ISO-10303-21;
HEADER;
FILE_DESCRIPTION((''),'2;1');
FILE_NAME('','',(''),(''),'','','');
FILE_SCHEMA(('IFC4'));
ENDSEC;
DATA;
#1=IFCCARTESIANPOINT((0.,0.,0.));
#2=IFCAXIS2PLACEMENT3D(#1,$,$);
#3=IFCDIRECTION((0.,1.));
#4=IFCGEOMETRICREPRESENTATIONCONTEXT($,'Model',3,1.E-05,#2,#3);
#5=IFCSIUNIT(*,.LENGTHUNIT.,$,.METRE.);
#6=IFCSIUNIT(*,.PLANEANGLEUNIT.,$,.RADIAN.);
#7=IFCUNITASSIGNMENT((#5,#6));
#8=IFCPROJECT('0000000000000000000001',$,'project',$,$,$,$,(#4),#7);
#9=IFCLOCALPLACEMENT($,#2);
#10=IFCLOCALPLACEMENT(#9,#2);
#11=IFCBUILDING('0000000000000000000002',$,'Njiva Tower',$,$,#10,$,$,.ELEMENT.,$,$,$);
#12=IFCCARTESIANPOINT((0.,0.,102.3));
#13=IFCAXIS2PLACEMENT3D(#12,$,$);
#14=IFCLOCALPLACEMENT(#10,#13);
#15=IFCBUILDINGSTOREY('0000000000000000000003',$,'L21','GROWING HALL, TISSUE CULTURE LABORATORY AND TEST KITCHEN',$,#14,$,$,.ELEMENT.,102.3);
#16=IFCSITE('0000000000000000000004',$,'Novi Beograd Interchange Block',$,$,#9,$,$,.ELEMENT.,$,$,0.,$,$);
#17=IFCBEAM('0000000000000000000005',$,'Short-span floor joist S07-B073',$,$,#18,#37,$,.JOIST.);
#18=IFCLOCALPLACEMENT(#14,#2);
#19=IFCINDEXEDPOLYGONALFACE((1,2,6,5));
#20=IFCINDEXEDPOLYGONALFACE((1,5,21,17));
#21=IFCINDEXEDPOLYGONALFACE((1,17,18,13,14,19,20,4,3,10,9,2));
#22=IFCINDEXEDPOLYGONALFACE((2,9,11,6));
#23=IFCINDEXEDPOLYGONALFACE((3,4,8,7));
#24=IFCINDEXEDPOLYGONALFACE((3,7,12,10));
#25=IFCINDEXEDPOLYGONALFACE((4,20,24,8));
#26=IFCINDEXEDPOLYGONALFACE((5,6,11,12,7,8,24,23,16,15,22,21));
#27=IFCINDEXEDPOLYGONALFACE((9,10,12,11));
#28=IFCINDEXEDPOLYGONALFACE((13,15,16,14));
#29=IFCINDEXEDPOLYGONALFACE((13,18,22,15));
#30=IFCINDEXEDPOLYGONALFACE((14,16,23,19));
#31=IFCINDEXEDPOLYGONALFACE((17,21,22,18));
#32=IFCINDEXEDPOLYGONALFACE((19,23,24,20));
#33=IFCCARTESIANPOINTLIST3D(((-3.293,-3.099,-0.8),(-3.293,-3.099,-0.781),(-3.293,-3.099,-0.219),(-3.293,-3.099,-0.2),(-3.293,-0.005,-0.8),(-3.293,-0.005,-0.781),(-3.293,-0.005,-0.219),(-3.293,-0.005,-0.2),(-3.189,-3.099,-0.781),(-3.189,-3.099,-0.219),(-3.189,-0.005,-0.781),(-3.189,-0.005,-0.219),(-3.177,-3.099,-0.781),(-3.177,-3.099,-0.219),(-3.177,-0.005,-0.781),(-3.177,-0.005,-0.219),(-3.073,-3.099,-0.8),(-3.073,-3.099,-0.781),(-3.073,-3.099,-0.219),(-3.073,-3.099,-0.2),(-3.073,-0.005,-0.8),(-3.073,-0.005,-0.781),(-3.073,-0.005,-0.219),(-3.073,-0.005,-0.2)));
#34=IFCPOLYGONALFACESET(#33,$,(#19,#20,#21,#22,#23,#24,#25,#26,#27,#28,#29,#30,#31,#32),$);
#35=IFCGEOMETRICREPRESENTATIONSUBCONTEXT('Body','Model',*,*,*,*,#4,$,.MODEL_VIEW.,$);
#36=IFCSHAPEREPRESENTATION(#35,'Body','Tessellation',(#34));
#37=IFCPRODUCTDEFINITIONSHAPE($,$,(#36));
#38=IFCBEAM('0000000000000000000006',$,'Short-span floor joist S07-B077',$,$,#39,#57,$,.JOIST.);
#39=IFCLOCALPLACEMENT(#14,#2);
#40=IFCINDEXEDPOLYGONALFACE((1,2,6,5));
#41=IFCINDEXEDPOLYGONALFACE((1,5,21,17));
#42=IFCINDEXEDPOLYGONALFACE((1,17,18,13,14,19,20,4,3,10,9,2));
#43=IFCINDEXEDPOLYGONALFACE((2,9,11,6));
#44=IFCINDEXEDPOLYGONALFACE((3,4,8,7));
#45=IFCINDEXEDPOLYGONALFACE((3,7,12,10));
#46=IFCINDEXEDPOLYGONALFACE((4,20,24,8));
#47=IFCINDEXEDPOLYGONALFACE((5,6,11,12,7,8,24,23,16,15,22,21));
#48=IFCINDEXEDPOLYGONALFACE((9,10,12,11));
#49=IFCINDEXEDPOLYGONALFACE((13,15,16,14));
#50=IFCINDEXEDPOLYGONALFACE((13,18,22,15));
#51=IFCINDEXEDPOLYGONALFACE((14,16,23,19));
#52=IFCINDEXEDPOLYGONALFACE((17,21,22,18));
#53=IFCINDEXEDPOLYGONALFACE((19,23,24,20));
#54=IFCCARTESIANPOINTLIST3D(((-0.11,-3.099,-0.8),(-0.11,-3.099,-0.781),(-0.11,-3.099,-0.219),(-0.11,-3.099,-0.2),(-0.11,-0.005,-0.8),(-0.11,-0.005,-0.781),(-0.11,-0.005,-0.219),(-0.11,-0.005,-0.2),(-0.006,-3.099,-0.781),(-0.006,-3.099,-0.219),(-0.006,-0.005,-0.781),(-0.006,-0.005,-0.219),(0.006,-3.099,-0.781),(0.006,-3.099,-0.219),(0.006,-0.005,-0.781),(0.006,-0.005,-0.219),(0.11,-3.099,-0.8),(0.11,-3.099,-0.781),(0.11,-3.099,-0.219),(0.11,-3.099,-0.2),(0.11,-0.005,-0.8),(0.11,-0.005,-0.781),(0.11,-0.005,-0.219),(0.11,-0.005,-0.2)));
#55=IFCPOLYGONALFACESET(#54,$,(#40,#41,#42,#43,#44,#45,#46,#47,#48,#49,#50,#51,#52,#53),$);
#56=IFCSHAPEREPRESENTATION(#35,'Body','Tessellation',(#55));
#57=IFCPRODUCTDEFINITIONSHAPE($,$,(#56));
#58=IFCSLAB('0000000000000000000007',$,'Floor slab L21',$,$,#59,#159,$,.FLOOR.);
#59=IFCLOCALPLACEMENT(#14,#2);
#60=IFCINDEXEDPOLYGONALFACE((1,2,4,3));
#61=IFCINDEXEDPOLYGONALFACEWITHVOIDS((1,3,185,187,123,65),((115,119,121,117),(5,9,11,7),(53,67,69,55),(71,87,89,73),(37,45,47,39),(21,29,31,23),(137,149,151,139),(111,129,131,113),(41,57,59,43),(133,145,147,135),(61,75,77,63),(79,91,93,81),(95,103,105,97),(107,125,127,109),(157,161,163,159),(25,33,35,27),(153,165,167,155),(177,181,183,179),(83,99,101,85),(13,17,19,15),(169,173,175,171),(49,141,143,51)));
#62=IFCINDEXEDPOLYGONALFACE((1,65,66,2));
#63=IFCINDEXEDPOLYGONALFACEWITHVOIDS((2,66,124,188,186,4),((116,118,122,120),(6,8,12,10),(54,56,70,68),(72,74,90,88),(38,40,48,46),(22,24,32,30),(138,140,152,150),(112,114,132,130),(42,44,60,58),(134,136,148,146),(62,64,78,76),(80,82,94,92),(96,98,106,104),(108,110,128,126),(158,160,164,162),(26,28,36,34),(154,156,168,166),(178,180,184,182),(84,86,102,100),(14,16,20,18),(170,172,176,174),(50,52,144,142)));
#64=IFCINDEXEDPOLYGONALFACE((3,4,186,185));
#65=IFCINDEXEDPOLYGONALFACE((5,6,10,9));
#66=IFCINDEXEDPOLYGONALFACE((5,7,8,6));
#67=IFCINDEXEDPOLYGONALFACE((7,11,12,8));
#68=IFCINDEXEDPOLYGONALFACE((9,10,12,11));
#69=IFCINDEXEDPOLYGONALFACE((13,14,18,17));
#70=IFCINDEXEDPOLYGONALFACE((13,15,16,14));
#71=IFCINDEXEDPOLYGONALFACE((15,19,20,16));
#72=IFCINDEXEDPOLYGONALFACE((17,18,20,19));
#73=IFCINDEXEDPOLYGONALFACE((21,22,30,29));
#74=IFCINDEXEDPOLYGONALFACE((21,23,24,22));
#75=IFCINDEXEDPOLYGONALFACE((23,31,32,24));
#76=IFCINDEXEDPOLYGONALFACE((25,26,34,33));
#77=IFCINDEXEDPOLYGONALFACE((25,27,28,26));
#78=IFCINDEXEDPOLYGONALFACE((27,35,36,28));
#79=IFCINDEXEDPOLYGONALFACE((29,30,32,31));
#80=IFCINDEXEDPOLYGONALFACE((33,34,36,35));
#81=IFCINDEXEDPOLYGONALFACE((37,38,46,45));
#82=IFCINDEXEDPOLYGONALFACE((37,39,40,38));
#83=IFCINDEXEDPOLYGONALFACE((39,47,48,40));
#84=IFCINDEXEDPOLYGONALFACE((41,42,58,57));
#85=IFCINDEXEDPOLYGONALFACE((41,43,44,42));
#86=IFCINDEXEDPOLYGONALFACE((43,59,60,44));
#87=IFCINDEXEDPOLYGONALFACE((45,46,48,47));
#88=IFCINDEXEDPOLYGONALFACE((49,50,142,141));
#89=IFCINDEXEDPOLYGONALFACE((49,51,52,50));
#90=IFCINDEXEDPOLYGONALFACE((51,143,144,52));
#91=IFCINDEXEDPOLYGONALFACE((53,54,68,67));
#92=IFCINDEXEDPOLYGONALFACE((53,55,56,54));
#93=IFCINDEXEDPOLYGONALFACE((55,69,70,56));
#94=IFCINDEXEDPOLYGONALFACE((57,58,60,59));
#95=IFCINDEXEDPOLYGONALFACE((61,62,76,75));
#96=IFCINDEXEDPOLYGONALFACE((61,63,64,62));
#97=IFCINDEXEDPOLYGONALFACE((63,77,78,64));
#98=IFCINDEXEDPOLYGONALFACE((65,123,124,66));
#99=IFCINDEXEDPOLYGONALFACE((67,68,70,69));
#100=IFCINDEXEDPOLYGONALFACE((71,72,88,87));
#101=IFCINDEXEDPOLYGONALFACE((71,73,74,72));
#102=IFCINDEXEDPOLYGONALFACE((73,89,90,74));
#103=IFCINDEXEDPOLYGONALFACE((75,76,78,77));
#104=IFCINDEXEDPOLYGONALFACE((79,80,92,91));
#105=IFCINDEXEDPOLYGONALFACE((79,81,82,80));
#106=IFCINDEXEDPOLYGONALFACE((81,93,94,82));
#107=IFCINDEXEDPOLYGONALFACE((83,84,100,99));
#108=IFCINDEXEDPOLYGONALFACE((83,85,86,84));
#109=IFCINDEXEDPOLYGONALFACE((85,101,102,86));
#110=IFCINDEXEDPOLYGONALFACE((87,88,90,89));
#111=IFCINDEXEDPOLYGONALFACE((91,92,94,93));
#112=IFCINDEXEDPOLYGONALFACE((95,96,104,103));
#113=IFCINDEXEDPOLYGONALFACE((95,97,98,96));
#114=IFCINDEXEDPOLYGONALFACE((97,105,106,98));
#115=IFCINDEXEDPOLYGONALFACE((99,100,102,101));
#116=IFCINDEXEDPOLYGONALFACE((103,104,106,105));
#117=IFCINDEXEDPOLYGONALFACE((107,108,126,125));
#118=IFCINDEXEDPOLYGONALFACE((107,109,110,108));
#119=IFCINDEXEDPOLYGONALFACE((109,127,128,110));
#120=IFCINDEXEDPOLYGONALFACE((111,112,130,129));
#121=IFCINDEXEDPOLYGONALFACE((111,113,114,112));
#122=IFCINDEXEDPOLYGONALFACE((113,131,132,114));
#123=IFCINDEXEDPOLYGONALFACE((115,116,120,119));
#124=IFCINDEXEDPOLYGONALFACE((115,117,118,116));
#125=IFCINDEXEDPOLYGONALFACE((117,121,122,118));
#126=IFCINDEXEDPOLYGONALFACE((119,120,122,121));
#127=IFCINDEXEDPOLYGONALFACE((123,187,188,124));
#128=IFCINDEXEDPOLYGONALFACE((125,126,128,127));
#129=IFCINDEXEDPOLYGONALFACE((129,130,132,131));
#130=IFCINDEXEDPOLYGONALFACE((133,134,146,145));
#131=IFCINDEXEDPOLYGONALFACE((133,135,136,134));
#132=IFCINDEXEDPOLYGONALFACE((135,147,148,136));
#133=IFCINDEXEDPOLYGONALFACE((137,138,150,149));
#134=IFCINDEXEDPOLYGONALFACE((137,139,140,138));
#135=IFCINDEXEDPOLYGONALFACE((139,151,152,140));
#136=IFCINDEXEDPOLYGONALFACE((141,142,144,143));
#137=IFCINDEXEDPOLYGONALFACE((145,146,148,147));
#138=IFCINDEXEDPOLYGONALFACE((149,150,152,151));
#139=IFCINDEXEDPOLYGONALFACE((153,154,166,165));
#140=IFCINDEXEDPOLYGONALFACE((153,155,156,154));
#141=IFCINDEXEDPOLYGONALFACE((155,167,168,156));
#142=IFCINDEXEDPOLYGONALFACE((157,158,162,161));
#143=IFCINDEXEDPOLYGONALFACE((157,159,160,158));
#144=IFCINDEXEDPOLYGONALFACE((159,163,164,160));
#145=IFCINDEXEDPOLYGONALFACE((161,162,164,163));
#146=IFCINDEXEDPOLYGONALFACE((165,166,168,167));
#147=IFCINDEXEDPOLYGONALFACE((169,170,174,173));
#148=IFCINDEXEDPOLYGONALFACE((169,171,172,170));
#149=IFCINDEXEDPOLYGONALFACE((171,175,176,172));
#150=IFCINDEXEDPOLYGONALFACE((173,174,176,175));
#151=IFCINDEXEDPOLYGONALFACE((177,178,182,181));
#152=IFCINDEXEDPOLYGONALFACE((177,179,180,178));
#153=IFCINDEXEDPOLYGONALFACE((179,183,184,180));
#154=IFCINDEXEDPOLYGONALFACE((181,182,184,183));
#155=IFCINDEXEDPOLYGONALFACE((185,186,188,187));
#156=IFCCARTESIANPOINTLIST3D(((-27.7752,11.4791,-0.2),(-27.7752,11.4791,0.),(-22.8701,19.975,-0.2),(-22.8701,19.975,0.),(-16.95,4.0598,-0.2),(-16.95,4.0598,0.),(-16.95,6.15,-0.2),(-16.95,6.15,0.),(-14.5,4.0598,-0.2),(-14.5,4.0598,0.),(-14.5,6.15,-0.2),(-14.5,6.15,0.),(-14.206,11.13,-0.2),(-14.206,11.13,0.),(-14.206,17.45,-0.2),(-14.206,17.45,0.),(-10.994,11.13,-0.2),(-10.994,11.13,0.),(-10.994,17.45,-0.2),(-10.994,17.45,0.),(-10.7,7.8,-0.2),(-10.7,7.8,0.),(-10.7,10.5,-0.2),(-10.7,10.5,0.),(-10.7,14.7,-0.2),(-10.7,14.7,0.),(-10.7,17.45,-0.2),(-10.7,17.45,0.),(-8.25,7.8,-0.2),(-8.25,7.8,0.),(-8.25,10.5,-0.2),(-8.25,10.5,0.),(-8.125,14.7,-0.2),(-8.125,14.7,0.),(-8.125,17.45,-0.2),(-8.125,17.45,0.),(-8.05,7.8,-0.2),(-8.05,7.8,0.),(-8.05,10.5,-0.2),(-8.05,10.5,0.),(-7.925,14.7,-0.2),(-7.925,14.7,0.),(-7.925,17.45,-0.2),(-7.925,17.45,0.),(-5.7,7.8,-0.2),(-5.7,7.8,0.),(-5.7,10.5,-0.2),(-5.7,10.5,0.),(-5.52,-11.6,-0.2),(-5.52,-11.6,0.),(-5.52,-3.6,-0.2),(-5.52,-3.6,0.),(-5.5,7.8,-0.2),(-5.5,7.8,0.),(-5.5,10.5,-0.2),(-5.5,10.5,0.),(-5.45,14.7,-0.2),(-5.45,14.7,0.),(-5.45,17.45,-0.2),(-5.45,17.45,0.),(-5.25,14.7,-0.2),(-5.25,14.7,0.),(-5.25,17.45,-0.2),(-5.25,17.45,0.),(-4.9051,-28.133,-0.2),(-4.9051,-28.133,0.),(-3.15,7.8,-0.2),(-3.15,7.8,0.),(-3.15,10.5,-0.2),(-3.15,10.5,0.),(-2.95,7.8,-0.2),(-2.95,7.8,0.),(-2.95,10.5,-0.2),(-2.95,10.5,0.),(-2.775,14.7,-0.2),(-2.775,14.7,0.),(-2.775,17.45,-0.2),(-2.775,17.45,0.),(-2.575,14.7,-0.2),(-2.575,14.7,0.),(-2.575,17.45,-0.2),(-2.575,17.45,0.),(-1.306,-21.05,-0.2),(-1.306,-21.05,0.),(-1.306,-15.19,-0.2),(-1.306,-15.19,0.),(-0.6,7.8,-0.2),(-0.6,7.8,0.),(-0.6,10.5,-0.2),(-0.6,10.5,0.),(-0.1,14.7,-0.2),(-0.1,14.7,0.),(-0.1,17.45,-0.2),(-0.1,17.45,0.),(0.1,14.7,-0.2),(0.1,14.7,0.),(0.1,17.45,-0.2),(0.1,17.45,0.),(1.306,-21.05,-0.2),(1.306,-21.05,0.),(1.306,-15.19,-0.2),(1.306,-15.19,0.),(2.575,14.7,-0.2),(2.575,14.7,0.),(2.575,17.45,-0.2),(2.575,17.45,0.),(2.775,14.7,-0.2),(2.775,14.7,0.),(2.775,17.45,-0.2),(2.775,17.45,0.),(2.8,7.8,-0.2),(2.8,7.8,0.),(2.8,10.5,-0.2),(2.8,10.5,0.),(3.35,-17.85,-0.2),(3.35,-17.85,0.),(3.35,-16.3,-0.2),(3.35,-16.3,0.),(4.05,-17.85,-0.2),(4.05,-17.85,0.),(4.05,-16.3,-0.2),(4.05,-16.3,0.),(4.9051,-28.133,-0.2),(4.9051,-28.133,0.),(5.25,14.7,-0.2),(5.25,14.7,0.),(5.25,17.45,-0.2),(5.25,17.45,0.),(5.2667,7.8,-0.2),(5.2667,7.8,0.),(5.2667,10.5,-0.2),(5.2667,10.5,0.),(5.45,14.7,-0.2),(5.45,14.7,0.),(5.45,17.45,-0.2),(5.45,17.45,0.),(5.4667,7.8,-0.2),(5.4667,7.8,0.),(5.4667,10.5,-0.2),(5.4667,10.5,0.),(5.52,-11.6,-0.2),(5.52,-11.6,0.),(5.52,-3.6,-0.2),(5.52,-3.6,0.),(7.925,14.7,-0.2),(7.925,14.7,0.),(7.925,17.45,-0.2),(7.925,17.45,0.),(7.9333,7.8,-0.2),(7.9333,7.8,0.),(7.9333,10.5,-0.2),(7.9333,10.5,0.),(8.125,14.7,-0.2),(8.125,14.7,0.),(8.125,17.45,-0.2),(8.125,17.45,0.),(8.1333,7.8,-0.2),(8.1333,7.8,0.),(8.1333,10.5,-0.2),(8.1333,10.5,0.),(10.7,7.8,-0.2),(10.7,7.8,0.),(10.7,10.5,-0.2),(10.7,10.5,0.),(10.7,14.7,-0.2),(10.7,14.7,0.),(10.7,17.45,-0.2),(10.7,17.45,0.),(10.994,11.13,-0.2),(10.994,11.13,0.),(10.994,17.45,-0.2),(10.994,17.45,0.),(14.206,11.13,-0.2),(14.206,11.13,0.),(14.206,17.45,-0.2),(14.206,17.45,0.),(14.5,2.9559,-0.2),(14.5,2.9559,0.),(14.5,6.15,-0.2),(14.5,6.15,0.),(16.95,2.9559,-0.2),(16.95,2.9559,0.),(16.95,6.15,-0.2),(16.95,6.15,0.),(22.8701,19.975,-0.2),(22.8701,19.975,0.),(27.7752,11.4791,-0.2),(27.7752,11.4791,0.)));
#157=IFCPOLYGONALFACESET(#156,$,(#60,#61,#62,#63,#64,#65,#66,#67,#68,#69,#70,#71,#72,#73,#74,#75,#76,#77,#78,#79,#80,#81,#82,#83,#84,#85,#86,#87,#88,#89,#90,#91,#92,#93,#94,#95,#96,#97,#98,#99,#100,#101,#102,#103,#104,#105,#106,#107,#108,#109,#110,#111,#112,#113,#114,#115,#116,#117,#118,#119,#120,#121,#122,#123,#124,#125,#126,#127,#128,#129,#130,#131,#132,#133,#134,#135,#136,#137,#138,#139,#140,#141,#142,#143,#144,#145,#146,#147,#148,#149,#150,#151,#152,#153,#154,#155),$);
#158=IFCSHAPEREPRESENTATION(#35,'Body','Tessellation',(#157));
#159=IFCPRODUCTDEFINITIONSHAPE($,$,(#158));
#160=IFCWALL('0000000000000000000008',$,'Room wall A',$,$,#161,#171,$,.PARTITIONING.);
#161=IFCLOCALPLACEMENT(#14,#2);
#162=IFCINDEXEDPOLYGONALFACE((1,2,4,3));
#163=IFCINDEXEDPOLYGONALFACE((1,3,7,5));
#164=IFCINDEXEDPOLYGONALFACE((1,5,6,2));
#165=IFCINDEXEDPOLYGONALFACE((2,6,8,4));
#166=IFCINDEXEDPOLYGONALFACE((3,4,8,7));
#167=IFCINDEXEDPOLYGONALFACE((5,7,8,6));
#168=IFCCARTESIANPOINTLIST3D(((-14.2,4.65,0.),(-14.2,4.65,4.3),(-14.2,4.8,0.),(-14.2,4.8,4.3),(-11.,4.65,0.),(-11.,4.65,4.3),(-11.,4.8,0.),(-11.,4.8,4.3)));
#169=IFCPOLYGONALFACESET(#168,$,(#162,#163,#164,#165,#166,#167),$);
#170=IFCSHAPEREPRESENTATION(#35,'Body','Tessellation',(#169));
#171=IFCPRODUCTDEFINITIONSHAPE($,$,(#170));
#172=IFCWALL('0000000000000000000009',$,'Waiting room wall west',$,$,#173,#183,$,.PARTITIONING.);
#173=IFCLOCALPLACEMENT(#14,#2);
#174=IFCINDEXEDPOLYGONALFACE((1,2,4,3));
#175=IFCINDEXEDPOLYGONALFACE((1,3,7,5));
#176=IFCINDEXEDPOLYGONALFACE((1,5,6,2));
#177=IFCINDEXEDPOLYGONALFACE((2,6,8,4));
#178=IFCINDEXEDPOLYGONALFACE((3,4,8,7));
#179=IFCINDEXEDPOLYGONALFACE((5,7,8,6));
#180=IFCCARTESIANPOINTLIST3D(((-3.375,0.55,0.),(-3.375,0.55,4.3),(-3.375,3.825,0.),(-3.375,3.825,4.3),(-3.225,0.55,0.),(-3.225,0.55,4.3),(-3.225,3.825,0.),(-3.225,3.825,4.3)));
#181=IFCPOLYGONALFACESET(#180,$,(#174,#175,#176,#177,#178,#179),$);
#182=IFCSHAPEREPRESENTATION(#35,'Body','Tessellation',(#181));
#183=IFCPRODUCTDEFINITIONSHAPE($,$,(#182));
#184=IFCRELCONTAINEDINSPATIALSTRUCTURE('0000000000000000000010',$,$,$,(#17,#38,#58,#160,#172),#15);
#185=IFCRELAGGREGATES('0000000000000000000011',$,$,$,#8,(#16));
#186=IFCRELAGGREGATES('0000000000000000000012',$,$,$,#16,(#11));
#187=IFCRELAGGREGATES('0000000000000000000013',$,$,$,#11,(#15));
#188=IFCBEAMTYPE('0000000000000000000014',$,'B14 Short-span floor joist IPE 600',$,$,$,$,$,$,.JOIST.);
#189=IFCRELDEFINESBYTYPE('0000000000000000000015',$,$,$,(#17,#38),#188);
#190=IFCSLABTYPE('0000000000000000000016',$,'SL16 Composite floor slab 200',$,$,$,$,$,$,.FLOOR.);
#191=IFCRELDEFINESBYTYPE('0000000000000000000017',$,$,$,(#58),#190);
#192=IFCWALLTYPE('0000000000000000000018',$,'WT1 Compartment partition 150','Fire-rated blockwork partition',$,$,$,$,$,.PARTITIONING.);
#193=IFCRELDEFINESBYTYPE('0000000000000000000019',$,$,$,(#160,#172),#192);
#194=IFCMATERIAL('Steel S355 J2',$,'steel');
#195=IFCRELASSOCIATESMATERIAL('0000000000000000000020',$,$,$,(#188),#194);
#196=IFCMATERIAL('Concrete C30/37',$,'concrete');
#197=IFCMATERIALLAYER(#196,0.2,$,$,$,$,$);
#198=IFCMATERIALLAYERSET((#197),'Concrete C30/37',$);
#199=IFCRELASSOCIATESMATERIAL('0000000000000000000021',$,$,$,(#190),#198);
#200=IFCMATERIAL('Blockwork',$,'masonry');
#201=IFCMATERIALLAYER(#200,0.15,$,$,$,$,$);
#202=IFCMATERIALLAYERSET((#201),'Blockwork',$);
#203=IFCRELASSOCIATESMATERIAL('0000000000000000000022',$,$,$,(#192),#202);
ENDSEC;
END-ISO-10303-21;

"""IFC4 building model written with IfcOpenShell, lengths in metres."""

from ifc_helpers import new_model, si_unit, direction, frame, frame_2d, origin, origin_2d, place, context, subcontext, project, spatial, polyline, rectangle, i_section, outline, extrude, material, layer, layer_set, material_profile, profile_set, type_object, element, save


model = new_model("IFC4")

# Units and contexts
model_context = context("Model", 3, precision=1e-05, world=origin(), true_north=direction((0.0, 1.0)))
body_context = subcontext(model_context, "Body", "Model", "MODEL_VIEW")
ifc_project = project(units=[si_unit("LENGTHUNIT", "METRE"), si_unit("PLANEANGLEUNIT", "RADIAN")], contexts=[model_context])

# Site, building, storey
site_placement = place(None, origin())
site = spatial("IfcSite", under=ifc_project, at=site_placement, Name="Novi Beograd Interchange Block", CompositionType="ELEMENT", RefElevation=0.0)
building_placement = place(site_placement, origin())
building = spatial("IfcBuilding", under=site, at=building_placement, Name="Njiva Tower", CompositionType="ELEMENT")
storey_placement = place(building_placement, frame((0.0, 0.0, 102.3)))
storey = spatial("IfcBuildingStorey", under=building, at=storey_placement, Name="L21", Description="GROWING HALL, TISSUE CULTURE LABORATORY AND TEST KITCHEN", CompositionType="ELEMENT", Elevation=102.3)

# Beams
ifc_material_1 = material(Name="Steel S355 J2", Category="steel")
ifc_material_profile = material_profile(ifc_material_1, i_section(OverallWidth=0.22, OverallDepth=0.6, WebThickness=0.012, FlangeThickness=0.019, at=origin_2d()), Name="IPE 600")
ifc_profile_set = profile_set([ifc_material_profile], Name="Steel S355 J2")
beam_type = type_object("IfcBeamType", Name="B14 Short-span floor joist IPE 600", PredefinedType="JOIST", material=ifc_profile_set)
for number, where, z_axis, x_axis, name in (
    (1, (-3.183, -0.005, -0.5), (0.0, -1.0, 0.0), (1.0, 0.0, 0.0), "Short-span floor joist S07-B073"),
    (2, (0.0, -0.005, -0.5), (0.0, -1.0, 0.0), (1.0, 0.0, 0.0), "Short-span floor joist S07-B077"),
):
    element("IfcBeam", number, at=place(storey_placement, frame(where, z_axis=z_axis, x_axis=x_axis)), inside=storey, type_object=beam_type, Name=name, PredefinedType="JOIST", context=body_context, shape_type="SweptSolid", body=[
        extrude(i_section(OverallWidth=0.22, OverallDepth=0.6, WebThickness=0.012, FlangeThickness=0.019, at=origin_2d()), origin(), (0.0, 0.0, 1.0), 3.094),
    ])

# Slab
ifc_material_2 = material(Name="Concrete C30/37", Category="concrete")
ifc_layer_1 = layer(ifc_material_2, 0.2)
ifc_layer_set_1 = layer_set([ifc_layer_1], Name="Concrete C30/37")
slab_type = type_object("IfcSlabType", Name="SL16 Composite floor slab 200", PredefinedType="FLOOR", material=ifc_layer_set_1)
slab_placement = place(storey_placement, frame((0.0, 0.0, -0.2)))
element("IfcSlab", 3, at=slab_placement, inside=storey, type_object=slab_type, Name="Floor slab L21", PredefinedType="FLOOR", context=body_context, shape_type="SweptSolid", body=[
    extrude(outline(polyline([(27.7752, 11.4791), (4.9051, -28.133), (-4.9051, -28.133), (-27.7752, 11.4791), (-22.8701, 19.975), (22.8701, 19.975), (27.7752, 11.4791)]), holes=[polyline([(14.5, 2.9559), (16.95, 2.9559), (16.95, 6.15), (14.5, 6.15), (14.5, 2.9559)]), polyline([(10.994, 17.45), (10.994, 11.13), (14.206, 11.13), (14.206, 17.45), (10.994, 17.45)]), polyline([(8.125, 17.45), (8.125, 14.7), (10.7, 14.7), (10.7, 17.45), (8.125, 17.45)]), polyline([(8.1333, 7.8), (10.7, 7.8), (10.7, 10.5), (8.1333, 10.5), (8.1333, 7.8)]), polyline([(5.4667, 10.5), (5.4667, 7.8), (7.9333, 7.8), (7.9333, 10.5), (5.4667, 10.5)]), polyline([(5.45, 17.45), (5.45, 14.7), (7.925, 14.7), (7.925, 17.45), (5.45, 17.45)]), polyline([(5.52, -11.6), (5.52, -3.6), (-5.52, -3.6), (-5.52, -11.6), (5.52, -11.6)]), polyline([(2.8, 10.5), (2.8, 7.8), (5.2667, 7.8), (5.2667, 10.5), (2.8, 10.5)]), polyline([(2.775, 14.7), (5.25, 14.7), (5.25, 17.45), (2.775, 17.45), (2.775, 14.7)]), polyline([(3.35, -17.85), (4.05, -17.85), (4.05, -16.3), (3.35, -16.3), (3.35, -17.85)]), polyline([(0.1, 17.45), (0.1, 14.7), (2.575, 14.7), (2.575, 17.45), (0.1, 17.45)]), polyline([(-1.306, -21.05), (1.306, -21.05), (1.306, -15.19), (-1.306, -15.19), (-1.306, -21.05)]), polyline([(-2.575, 17.45), (-2.575, 14.7), (-0.1, 14.7), (-0.1, 17.45), (-2.575, 17.45)]), polyline([(-2.95, 7.8), (-0.6, 7.8), (-0.6, 10.5), (-2.95, 10.5), (-2.95, 7.8)]), polyline([(-5.25, 17.45), (-5.25, 14.7), (-2.775, 14.7), (-2.775, 17.45), (-5.25, 17.45)]), polyline([(-5.5, 10.5), (-5.5, 7.8), (-3.15, 7.8), (-3.15, 10.5), (-5.5, 10.5)]), polyline([(-7.925, 14.7), (-5.45, 14.7), (-5.45, 17.45), (-7.925, 17.45), (-7.925, 14.7)]), polyline([(-8.05, 10.5), (-8.05, 7.8), (-5.7, 7.8), (-5.7, 10.5), (-8.05, 10.5)]), polyline([(-10.7, 17.45), (-10.7, 14.7), (-8.125, 14.7), (-8.125, 17.45), (-10.7, 17.45)]), polyline([(-10.7, 7.8), (-8.25, 7.8), (-8.25, 10.5), (-10.7, 10.5), (-10.7, 7.8)]), polyline([(-14.206, 17.45), (-14.206, 11.13), (-10.994, 11.13), (-10.994, 17.45), (-14.206, 17.45)]), polyline([(-16.95, 4.0598), (-14.5, 4.0598), (-14.5, 6.15), (-16.95, 6.15), (-16.95, 4.0598)])]), origin(), (0.0, 0.0, 1.0), 0.2),
])

# Walls
ifc_material_3 = material(Name="Blockwork", Category="masonry")
ifc_layer_2 = layer(ifc_material_3, 0.15)
ifc_layer_set_2 = layer_set([ifc_layer_2], Name="Blockwork")
wall_type_1 = type_object("IfcWallType", Name="WT1 Compartment partition 150", Description="Fire-rated blockwork partition", PredefinedType="PARTITIONING", material=ifc_layer_set_2)
wall_1_placement = place(storey_placement, frame((-14.2, 4.725, 0.0), z_axis=(0.0, 0.0, 1.0), x_axis=(1.0, 0.0, 0.0)))
element("IfcWall", 4, at=wall_1_placement, inside=storey, type_object=wall_type_1, Name="Room wall A", PredefinedType="PARTITIONING", context=body_context, shape_type="SweptSolid", body=[
    extrude(rectangle(XDim=3.2, YDim=0.15, at=frame_2d((1.6, 0.0))), origin(), (0.0, 0.0, 1.0), 4.3),
])
wall_2_placement = place(storey_placement, frame((-3.3, 0.55, 0.0), z_axis=(0.0, 0.0, 1.0), x_axis=(0.0, 1.0, 0.0)))
element("IfcWall", 5, at=wall_2_placement, inside=storey, type_object=wall_type_1, Name="Waiting room wall west", PredefinedType="PARTITIONING", context=body_context, shape_type="SweptSolid", body=[
    extrude(rectangle(XDim=3.275, YDim=0.15, at=frame_2d((1.6375, 0.0))), origin(), (0.0, 0.0, 1.0), 4.3),
])

save(model, "model.ifc")
